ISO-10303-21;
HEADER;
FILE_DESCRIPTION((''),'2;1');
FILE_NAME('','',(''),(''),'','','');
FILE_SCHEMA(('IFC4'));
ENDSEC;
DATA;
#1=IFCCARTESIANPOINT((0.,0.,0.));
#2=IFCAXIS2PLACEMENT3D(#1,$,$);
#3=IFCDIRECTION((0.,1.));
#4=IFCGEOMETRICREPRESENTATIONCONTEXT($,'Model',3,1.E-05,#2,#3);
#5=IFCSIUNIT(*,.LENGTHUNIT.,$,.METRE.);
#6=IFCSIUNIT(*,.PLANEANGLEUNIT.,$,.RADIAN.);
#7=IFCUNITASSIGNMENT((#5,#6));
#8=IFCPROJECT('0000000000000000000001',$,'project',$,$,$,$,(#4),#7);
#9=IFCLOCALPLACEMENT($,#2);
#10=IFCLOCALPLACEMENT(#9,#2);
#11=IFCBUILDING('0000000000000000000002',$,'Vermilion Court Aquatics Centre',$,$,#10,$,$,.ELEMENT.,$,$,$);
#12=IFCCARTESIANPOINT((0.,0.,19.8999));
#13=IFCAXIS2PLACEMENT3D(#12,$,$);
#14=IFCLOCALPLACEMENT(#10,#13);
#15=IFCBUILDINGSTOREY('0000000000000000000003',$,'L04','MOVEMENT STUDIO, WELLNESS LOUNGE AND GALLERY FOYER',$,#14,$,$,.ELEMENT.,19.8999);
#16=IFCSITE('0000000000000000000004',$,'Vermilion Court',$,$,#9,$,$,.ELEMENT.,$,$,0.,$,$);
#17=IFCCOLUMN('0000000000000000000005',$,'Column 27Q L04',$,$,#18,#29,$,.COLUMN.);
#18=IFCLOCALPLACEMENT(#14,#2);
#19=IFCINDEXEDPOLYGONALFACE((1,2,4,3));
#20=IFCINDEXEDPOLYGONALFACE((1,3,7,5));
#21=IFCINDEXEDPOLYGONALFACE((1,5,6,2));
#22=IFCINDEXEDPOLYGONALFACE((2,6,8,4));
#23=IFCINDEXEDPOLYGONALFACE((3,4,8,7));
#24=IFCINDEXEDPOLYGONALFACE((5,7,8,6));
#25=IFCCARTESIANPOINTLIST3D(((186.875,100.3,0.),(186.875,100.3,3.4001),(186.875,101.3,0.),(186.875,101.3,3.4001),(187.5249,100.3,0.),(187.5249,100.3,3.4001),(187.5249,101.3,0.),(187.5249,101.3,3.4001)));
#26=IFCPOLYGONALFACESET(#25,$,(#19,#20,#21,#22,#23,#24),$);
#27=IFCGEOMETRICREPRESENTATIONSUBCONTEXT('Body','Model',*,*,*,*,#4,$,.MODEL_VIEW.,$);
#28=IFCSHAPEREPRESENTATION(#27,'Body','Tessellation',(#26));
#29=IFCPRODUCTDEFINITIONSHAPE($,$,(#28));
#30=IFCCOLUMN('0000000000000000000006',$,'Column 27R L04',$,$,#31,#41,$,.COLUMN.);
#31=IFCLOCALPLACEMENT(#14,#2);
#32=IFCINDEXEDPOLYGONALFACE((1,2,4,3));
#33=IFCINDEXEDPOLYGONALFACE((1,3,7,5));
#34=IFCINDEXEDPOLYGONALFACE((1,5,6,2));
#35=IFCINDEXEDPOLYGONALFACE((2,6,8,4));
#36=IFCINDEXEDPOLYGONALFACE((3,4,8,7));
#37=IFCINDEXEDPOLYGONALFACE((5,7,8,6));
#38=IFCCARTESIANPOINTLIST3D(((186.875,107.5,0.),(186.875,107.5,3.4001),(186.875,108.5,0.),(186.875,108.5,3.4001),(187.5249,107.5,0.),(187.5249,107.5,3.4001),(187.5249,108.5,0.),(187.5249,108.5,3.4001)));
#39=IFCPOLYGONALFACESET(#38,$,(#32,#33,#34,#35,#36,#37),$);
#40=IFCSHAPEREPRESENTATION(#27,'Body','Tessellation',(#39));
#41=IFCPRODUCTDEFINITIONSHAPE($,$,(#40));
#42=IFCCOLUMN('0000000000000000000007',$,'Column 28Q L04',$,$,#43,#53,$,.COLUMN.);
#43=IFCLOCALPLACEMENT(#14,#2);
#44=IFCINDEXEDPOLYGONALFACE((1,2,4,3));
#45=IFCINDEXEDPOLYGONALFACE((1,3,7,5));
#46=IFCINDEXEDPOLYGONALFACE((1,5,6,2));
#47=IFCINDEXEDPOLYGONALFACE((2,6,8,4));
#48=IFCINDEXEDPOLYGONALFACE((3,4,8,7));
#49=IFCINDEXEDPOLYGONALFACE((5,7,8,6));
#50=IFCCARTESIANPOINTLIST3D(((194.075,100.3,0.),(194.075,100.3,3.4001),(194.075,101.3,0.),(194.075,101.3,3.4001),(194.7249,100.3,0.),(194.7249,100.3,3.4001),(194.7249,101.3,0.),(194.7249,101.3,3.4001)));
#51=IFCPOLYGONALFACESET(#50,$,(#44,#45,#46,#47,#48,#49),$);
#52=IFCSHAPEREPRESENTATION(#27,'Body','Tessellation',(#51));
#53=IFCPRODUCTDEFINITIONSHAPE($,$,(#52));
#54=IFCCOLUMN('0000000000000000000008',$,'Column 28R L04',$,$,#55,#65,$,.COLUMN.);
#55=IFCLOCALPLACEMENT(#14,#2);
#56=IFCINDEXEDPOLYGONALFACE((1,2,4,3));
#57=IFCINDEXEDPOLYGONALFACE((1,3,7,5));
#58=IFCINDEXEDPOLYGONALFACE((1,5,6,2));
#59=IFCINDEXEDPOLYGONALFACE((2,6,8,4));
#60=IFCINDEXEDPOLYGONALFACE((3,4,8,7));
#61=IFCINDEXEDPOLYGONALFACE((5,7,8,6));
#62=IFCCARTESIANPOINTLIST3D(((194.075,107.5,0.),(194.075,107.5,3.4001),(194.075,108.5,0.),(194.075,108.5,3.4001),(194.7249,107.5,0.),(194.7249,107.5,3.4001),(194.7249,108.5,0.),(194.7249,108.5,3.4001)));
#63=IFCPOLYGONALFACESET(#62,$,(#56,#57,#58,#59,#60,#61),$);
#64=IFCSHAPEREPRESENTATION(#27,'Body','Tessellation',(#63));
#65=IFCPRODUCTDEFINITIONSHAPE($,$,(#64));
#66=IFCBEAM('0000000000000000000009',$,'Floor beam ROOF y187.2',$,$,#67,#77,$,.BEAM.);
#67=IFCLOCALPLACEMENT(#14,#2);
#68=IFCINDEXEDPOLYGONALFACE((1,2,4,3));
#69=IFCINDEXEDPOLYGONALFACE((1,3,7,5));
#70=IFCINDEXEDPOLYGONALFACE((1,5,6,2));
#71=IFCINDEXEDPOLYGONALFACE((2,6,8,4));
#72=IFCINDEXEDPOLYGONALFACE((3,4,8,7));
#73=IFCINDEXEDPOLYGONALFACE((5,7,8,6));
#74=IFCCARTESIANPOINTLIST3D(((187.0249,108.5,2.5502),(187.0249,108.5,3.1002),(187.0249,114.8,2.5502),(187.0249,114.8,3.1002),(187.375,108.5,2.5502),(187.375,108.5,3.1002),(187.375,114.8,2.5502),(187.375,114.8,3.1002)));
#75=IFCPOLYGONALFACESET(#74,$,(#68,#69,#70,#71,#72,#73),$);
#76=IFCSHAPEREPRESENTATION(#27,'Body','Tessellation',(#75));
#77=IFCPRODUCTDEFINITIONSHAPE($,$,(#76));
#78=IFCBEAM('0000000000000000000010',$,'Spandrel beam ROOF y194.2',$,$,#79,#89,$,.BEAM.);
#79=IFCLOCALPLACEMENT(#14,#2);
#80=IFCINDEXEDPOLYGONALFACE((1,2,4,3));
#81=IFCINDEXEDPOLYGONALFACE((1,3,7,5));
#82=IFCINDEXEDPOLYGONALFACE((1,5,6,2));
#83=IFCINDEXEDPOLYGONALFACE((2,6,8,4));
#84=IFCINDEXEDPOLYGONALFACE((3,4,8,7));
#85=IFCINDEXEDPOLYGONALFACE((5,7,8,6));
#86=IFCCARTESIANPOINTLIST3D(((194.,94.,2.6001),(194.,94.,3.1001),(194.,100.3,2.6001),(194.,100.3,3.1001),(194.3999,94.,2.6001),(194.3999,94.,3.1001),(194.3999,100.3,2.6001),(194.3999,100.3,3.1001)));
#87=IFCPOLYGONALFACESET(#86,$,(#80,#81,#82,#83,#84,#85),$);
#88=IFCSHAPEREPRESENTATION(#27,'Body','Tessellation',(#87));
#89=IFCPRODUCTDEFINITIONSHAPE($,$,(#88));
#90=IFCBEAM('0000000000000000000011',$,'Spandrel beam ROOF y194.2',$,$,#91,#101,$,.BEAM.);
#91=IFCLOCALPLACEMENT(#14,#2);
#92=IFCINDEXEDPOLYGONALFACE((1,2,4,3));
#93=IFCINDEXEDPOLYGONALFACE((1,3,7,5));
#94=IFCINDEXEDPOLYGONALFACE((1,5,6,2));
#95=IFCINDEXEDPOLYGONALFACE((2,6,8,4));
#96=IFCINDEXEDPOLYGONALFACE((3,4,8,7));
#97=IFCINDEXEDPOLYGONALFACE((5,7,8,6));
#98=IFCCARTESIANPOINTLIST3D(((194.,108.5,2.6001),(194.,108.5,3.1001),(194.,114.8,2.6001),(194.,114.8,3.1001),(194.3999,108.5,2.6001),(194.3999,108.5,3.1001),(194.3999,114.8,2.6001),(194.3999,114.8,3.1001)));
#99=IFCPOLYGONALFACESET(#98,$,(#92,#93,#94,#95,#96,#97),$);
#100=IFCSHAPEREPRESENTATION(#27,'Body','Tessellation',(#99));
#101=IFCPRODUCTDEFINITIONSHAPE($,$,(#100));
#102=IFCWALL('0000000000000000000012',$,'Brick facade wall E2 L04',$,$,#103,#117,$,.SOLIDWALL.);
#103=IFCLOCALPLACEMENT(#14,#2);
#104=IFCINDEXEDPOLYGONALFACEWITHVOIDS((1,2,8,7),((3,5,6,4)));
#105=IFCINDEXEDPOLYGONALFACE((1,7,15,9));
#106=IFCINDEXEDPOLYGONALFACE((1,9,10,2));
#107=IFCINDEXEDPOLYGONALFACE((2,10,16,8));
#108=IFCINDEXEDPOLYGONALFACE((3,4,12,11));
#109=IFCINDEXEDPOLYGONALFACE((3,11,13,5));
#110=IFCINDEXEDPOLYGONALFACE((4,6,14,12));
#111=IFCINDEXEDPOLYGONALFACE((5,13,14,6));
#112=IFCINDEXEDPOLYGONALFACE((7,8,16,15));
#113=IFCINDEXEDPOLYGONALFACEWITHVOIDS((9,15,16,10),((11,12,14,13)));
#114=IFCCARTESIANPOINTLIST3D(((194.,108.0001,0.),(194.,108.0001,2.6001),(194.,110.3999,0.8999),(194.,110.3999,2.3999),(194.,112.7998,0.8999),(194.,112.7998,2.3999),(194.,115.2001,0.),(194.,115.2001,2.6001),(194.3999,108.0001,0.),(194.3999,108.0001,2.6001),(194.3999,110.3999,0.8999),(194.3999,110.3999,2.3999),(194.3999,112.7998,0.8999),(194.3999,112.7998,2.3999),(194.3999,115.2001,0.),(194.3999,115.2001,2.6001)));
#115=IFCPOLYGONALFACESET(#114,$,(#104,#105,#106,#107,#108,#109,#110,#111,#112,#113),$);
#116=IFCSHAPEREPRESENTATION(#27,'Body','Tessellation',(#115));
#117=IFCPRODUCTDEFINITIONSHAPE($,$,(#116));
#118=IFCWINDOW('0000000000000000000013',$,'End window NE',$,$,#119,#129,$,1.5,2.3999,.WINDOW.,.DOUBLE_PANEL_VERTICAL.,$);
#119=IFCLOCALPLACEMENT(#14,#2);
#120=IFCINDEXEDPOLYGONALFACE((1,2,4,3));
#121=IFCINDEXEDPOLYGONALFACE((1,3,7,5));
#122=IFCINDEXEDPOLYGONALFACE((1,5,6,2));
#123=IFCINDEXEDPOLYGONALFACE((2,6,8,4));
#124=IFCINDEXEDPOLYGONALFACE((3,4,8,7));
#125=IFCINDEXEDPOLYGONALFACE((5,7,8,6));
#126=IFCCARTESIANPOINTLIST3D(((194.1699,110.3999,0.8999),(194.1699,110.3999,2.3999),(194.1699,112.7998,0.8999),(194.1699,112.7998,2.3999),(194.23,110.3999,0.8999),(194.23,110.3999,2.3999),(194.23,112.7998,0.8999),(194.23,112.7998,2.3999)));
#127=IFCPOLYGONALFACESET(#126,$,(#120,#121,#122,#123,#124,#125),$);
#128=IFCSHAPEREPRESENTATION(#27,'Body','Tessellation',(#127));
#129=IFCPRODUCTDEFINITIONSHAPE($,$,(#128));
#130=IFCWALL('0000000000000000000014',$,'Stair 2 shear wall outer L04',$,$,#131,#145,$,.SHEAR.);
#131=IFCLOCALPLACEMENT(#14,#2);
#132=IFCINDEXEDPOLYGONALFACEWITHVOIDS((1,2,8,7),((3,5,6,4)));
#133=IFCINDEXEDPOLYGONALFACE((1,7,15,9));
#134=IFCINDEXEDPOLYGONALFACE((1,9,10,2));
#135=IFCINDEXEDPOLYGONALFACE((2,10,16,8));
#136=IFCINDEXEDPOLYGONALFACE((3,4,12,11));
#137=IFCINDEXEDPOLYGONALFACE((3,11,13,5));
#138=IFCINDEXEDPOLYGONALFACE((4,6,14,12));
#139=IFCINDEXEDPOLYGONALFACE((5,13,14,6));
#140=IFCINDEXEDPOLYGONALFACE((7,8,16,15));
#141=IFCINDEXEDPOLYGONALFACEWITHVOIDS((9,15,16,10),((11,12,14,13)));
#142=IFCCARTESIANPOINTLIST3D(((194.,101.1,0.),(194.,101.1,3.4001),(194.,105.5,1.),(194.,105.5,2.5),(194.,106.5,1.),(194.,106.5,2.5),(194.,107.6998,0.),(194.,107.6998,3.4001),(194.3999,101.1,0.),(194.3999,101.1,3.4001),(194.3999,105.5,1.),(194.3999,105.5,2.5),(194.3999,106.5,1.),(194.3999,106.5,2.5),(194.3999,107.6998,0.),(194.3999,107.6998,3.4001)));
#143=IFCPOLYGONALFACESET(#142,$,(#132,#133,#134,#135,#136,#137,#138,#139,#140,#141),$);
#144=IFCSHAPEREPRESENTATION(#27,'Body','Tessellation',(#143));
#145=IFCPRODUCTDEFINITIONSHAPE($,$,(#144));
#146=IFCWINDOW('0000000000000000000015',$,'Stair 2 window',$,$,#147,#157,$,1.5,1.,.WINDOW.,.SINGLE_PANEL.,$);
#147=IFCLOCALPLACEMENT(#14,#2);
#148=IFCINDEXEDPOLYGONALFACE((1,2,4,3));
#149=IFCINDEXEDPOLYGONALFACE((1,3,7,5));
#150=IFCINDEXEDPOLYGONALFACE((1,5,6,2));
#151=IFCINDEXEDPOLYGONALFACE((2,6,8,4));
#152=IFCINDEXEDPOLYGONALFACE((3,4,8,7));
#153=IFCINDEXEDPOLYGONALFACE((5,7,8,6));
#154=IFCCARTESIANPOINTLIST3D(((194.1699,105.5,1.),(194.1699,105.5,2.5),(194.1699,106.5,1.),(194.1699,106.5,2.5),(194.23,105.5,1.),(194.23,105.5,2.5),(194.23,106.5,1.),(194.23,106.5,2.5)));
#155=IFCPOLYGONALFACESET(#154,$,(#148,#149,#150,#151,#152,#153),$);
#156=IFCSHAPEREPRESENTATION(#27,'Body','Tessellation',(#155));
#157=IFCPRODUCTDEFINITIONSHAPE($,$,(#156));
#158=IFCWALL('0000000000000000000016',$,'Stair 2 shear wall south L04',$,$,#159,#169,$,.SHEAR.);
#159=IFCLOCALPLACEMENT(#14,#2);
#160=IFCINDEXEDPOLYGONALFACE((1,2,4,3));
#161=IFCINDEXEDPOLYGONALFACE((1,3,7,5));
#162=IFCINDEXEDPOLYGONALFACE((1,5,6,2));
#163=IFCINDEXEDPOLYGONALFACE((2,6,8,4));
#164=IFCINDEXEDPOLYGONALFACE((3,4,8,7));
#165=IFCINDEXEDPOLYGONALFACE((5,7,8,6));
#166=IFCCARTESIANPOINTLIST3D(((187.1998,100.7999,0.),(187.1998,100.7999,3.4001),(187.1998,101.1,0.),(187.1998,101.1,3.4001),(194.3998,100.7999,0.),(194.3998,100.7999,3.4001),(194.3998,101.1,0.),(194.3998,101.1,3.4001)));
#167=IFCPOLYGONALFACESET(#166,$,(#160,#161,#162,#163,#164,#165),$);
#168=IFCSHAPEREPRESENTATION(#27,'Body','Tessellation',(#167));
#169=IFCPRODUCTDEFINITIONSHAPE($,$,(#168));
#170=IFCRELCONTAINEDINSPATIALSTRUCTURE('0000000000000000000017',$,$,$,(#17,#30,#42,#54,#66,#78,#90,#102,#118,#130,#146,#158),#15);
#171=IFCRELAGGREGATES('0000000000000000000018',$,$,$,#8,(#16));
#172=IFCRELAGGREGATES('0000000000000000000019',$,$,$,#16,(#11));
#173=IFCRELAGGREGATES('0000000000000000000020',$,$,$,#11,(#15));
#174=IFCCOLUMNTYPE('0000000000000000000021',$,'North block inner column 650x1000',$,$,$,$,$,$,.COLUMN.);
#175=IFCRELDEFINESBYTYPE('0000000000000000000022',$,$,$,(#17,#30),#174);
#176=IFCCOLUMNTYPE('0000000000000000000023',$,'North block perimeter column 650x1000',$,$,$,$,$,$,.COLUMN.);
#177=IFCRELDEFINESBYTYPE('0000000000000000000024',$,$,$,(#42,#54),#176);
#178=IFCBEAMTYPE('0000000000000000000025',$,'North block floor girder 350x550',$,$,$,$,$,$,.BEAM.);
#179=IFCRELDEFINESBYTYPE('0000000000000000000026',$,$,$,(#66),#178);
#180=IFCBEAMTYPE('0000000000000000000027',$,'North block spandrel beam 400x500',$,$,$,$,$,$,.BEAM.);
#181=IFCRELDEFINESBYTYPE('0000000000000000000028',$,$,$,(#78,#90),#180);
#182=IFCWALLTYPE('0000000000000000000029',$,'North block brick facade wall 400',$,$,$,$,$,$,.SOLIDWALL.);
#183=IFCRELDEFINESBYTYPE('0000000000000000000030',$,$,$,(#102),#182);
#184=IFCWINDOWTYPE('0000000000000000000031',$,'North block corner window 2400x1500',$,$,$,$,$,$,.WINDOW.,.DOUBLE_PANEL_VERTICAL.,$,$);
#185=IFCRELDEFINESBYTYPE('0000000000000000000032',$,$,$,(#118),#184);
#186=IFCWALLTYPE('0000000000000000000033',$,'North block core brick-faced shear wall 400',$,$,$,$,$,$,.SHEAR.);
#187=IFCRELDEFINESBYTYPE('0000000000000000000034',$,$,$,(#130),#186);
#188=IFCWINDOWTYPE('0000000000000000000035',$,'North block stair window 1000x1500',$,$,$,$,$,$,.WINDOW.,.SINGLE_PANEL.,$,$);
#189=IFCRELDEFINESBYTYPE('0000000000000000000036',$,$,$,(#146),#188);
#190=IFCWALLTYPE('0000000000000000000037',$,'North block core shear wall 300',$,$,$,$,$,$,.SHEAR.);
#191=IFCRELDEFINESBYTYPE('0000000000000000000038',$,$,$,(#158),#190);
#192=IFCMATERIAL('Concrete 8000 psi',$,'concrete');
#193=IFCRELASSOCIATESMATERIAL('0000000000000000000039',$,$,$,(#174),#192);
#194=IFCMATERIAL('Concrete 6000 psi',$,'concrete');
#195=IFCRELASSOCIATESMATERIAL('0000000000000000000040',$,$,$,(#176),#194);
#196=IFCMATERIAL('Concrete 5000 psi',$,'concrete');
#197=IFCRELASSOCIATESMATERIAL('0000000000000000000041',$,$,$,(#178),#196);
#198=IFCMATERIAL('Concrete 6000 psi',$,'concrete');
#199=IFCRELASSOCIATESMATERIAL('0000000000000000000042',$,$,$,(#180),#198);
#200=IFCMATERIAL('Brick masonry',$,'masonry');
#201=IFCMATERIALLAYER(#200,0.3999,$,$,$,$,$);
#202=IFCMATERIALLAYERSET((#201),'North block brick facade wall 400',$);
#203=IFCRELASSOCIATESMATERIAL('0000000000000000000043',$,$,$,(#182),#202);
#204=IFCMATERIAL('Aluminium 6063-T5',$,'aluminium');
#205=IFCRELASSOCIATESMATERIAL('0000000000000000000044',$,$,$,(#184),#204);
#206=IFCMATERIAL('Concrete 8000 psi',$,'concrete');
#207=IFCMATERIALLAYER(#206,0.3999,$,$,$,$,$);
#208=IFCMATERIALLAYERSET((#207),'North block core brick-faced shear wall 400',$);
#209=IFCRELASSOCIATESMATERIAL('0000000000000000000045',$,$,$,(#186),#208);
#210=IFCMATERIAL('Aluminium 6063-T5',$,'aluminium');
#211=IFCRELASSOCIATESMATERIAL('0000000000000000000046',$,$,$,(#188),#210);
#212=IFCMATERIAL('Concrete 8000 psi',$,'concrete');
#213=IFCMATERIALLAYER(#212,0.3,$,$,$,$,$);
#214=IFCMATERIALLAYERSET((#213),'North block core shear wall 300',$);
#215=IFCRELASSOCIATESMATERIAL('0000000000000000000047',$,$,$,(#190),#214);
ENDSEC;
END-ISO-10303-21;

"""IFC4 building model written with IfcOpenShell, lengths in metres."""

from ifc_helpers import new_model, si_unit, direction, frame, frame_2d, origin, origin_2d, place, context, subcontext, project, spatial, rectangle, extrude, material, layer, layer_set, material_profile, profile_set, type_object, element, fill, save


model = new_model("IFC4")

# Units and contexts
model_context = context("Model", 3, precision=1e-05, world=origin(), true_north=direction((0.0, 1.0)))
body_context = subcontext(model_context, "Body", "Model", "MODEL_VIEW")
ifc_project = project(units=[si_unit("LENGTHUNIT", "METRE"), si_unit("PLANEANGLEUNIT", "RADIAN")], contexts=[model_context])

# Site, building, storey
site_placement = place(None, origin())
site = spatial("IfcSite", under=ifc_project, at=site_placement, Name="Vermilion Court", CompositionType="ELEMENT", RefElevation=0.0)
building_placement = place(site_placement, origin())
building = spatial("IfcBuilding", under=site, at=building_placement, Name="Vermilion Court Aquatics Centre", CompositionType="ELEMENT")
storey_placement = place(building_placement, frame((0.0, 0.0, 19.8999)))
storey = spatial("IfcBuildingStorey", under=building, at=storey_placement, Name="L04", Description="MOVEMENT STUDIO, WELLNESS LOUNGE AND GALLERY FOYER", CompositionType="ELEMENT", Elevation=19.8999)

# Columns
ifc_material_1 = material(Name="Concrete 8000 psi", Category="concrete")
ifc_material_profile_1 = material_profile(ifc_material_1, rectangle(XDim=0.6499, YDim=1.0, at=origin_2d()), Name="RC 650x1000")
ifc_profile_set_1 = profile_set([ifc_material_profile_1], Name="Concrete 8000 psi")
column_type_1 = type_object("IfcColumnType", Name="North block inner column 650x1000", PredefinedType="COLUMN", material=ifc_profile_set_1)
for number, where, z_axis, x_axis, name in (
    (1, (187.2, 100.8, 0.0), (0.0, 0.0, 1.0), (1.0, 0.0, 0.0), "Column 27Q L04"),
    (2, (187.2, 108.0, 0.0), (0.0, 0.0, 1.0), (1.0, 0.0, 0.0), "Column 27R L04"),
):
    element("IfcColumn", number, at=place(storey_placement, frame(where, z_axis=z_axis, x_axis=x_axis)), inside=storey, type_object=column_type_1, Name=name, PredefinedType="COLUMN", context=body_context, shape_type="SweptSolid", body=[
        extrude(rectangle(XDim=0.6499, YDim=1.0, at=origin_2d()), origin(), (0.0, 0.0, 1.0), 3.4001),
    ])
ifc_material_2 = material(Name="Concrete 6000 psi", Category="concrete")
ifc_material_profile_2 = material_profile(ifc_material_2, rectangle(XDim=0.6499, YDim=1.0, at=origin_2d()), Name="RC 650x1000")
ifc_profile_set_2 = profile_set([ifc_material_profile_2], Name="Concrete 6000 psi")
column_type_2 = type_object("IfcColumnType", Name="North block perimeter column 650x1000", PredefinedType="COLUMN", material=ifc_profile_set_2)
for number, where, z_axis, x_axis, name in (
    (3, (194.3999, 100.8, 0.0), (0.0, 0.0, 1.0), (1.0, 0.0, 0.0), "Column 28Q L04"),
    (4, (194.3999, 108.0, 0.0), (0.0, 0.0, 1.0), (1.0, 0.0, 0.0), "Column 28R L04"),
):
    element("IfcColumn", number, at=place(storey_placement, frame(where, z_axis=z_axis, x_axis=x_axis)), inside=storey, type_object=column_type_2, Name=name, PredefinedType="COLUMN", context=body_context, shape_type="SweptSolid", body=[
        extrude(rectangle(XDim=0.6499, YDim=1.0, at=origin_2d()), origin(), (0.0, 0.0, 1.0), 3.4001),
    ])

# Beams
ifc_material_3 = material(Name="Concrete 5000 psi", Category="concrete")
ifc_material_profile_3 = material_profile(ifc_material_3, rectangle(XDim=0.3501, YDim=0.55, at=origin_2d()), Name="RC 350x550")
ifc_profile_set_3 = profile_set([ifc_material_profile_3], Name="Concrete 5000 psi")
beam_type_1 = type_object("IfcBeamType", Name="North block floor girder 350x550", PredefinedType="BEAM", material=ifc_profile_set_3)
beam_placement = place(storey_placement, frame((187.2, 108.5, 2.8252), z_axis=(0.0, 1.0, 0.0), x_axis=(-1.0, 0.0, 0.0)))
element("IfcBeam", 5, at=beam_placement, inside=storey, type_object=beam_type_1, Name="Floor beam ROOF y187.2", PredefinedType="BEAM", context=body_context, shape_type="SweptSolid", body=[
    extrude(rectangle(XDim=0.3501, YDim=0.55, at=origin_2d()), origin(), (0.0, 0.0, 1.0), 6.3),
])
ifc_material_4 = material(Name="Concrete 6000 psi", Category="concrete")
ifc_material_profile_4 = material_profile(ifc_material_4, rectangle(XDim=0.3999, YDim=0.5, at=origin_2d()), Name="RC 400x500")
ifc_profile_set_4 = profile_set([ifc_material_profile_4], Name="Concrete 6000 psi")
beam_type_2 = type_object("IfcBeamType", Name="North block spandrel beam 400x500", PredefinedType="BEAM", material=ifc_profile_set_4)
for number, where, z_axis, x_axis, name in (
    (6, (194.2, 94.0, 2.8501), (0.0, 1.0, 0.0), (-1.0, 0.0, 0.0), "Spandrel beam ROOF y194.2"),
    (7, (194.2, 108.5, 2.8501), (0.0, 1.0, 0.0), (-1.0, 0.0, 0.0), "Spandrel beam ROOF y194.2"),
):
    element("IfcBeam", number, at=place(storey_placement, frame(where, z_axis=z_axis, x_axis=x_axis)), inside=storey, type_object=beam_type_2, Name=name, PredefinedType="BEAM", context=body_context, shape_type="SweptSolid", body=[
        extrude(rectangle(XDim=0.3999, YDim=0.5, at=origin_2d()), origin(), (0.0, 0.0, 1.0), 6.3),
    ])

# Walls, openings, windows
ifc_material_5 = material(Name="Brick masonry", Category="masonry")
ifc_layer_1 = layer(ifc_material_5, 0.3999)
ifc_layer_set_1 = layer_set([ifc_layer_1], Name="North block brick facade wall 400")
wall_type_1 = type_object("IfcWallType", Name="North block brick facade wall 400", PredefinedType="SOLIDWALL", material=ifc_layer_set_1)
wall_1_placement = place(storey_placement, frame((194.2, 108.0, 0.0), z_axis=(0.0, 0.0, 1.0), x_axis=(0.0, 1.0, 0.0)))
wall_1 = element("IfcWall", 8, at=wall_1_placement, inside=storey, type_object=wall_type_1, Name="Brick facade wall E2 L04", PredefinedType="SOLIDWALL", context=body_context, shape_type="SweptSolid", body=[
    extrude(rectangle(XDim=7.2, YDim=0.3999, at=frame_2d((3.6001, 0.0))), origin(), (0.0, 0.0, 1.0), 2.6001),
])
opening_1_placement = place(wall_1_placement, frame((2.3999, 0.0, 0.8999)))
opening_1 = element("IfcOpeningElement", 9, at=opening_1_placement, cuts=wall_1, PredefinedType="OPENING", context=body_context, shape_type="SweptSolid", body=[
    extrude(rectangle(XDim=2.3999, YDim=1.5, at=frame_2d((1.2, 0.75))), frame((0.0, 0.21, 0.0), z_axis=(0.0, -1.0, 0.0), x_axis=(1.0, 0.0, 0.0)), (0.0, 0.0, 1.0), 0.4199),
])
ifc_material_6 = material(Name="Aluminium 6063-T5", Category="aluminium")
window_type_1 = type_object("IfcWindowType", Name="North block corner window 2400x1500", PartitioningType="DOUBLE_PANEL_VERTICAL", PredefinedType="WINDOW", material=ifc_material_6)
window_1_placement = place(opening_1_placement, origin())
window_1 = element("IfcWindow", 10, at=window_1_placement, inside=storey, type_object=window_type_1, Name="End window NE", OverallHeight=1.5, OverallWidth=2.3999, PartitioningType="DOUBLE_PANEL_VERTICAL", PredefinedType="WINDOW", context=body_context, shape_type="SweptSolid", body=[
    extrude(rectangle(XDim=2.3999, YDim=1.5, at=frame_2d((1.2, 0.75))), frame((0.0, 0.03, 0.0), z_axis=(0.0, -1.0, 0.0), x_axis=(1.0, 0.0, 0.0)), (0.0, 0.0, 1.0), 0.0601),
])
fill(opening_1, window_1)
ifc_material_7 = material(Name="Concrete 8000 psi", Category="concrete")
ifc_layer_2 = layer(ifc_material_7, 0.3999)
ifc_layer_set_2 = layer_set([ifc_layer_2], Name="North block core brick-faced shear wall 400")
wall_type_2 = type_object("IfcWallType", Name="North block core brick-faced shear wall 400", PredefinedType="SHEAR", material=ifc_layer_set_2)
wall_2_placement = place(storey_placement, frame((194.2, 101.1001, 0.0), z_axis=(0.0, 0.0, 1.0), x_axis=(0.0, 1.0, 0.0)))
wall_2 = element("IfcWall", 11, at=wall_2_placement, inside=storey, type_object=wall_type_2, Name="Stair 2 shear wall outer L04", PredefinedType="SHEAR", context=body_context, shape_type="SweptSolid", body=[
    extrude(rectangle(XDim=6.5999, YDim=0.3999, at=frame_2d((3.2998, 0.0))), origin(), (0.0, 0.0, 1.0), 3.4001),
])
opening_2_placement = place(wall_2_placement, frame((4.3999, 0.0, 1.0)))
opening_2 = element("IfcOpeningElement", 12, at=opening_2_placement, cuts=wall_2, PredefinedType="OPENING", context=body_context, shape_type="SweptSolid", body=[
    extrude(rectangle(XDim=1.0, YDim=1.5, at=frame_2d((0.5, 0.75))), frame((0.0, 0.21, 0.0), z_axis=(0.0, -1.0, 0.0), x_axis=(1.0, 0.0, 0.0)), (0.0, 0.0, 1.0), 0.4199),
])
ifc_material_8 = material(Name="Aluminium 6063-T5", Category="aluminium")
window_type_2 = type_object("IfcWindowType", Name="North block stair window 1000x1500", PartitioningType="SINGLE_PANEL", PredefinedType="WINDOW", material=ifc_material_8)
window_2_placement = place(opening_2_placement, origin())
window_2 = element("IfcWindow", 13, at=window_2_placement, inside=storey, type_object=window_type_2, Name="Stair 2 window", OverallHeight=1.5, OverallWidth=1.0, PartitioningType="SINGLE_PANEL", PredefinedType="WINDOW", context=body_context, shape_type="SweptSolid", body=[
    extrude(rectangle(XDim=1.0, YDim=1.5, at=frame_2d((0.5, 0.75))), frame((0.0, 0.03, 0.0), z_axis=(0.0, -1.0, 0.0), x_axis=(1.0, 0.0, 0.0)), (0.0, 0.0, 1.0), 0.0601),
])
fill(opening_2, window_2)

# Wall
ifc_material_9 = material(Name="Concrete 8000 psi", Category="concrete")
ifc_layer_3 = layer(ifc_material_9, 0.3)
ifc_layer_set_3 = layer_set([ifc_layer_3], Name="North block core shear wall 300")
wall_type_3 = type_object("IfcWallType", Name="North block core shear wall 300", PredefinedType="SHEAR", material=ifc_layer_set_3)
for number, where, z_axis, x_axis, name in (
    (14, (194.3999, 100.95, 0.0), (0.0, 0.0, 1.0), (-1.0, 0.0, 0.0), "Stair 2 shear wall south L04"),
):
    element("IfcWall", number, at=place(storey_placement, frame(where, z_axis=z_axis, x_axis=x_axis)), inside=storey, type_object=wall_type_3, Name=name, PredefinedType="SHEAR", context=body_context, shape_type="SweptSolid", body=[
        extrude(rectangle(XDim=7.2, YDim=0.3, at=frame_2d((3.6001, 0.0))), origin(), (0.0, 0.0, 1.0), 3.4001),
    ])

save(model, "model.ifc")
